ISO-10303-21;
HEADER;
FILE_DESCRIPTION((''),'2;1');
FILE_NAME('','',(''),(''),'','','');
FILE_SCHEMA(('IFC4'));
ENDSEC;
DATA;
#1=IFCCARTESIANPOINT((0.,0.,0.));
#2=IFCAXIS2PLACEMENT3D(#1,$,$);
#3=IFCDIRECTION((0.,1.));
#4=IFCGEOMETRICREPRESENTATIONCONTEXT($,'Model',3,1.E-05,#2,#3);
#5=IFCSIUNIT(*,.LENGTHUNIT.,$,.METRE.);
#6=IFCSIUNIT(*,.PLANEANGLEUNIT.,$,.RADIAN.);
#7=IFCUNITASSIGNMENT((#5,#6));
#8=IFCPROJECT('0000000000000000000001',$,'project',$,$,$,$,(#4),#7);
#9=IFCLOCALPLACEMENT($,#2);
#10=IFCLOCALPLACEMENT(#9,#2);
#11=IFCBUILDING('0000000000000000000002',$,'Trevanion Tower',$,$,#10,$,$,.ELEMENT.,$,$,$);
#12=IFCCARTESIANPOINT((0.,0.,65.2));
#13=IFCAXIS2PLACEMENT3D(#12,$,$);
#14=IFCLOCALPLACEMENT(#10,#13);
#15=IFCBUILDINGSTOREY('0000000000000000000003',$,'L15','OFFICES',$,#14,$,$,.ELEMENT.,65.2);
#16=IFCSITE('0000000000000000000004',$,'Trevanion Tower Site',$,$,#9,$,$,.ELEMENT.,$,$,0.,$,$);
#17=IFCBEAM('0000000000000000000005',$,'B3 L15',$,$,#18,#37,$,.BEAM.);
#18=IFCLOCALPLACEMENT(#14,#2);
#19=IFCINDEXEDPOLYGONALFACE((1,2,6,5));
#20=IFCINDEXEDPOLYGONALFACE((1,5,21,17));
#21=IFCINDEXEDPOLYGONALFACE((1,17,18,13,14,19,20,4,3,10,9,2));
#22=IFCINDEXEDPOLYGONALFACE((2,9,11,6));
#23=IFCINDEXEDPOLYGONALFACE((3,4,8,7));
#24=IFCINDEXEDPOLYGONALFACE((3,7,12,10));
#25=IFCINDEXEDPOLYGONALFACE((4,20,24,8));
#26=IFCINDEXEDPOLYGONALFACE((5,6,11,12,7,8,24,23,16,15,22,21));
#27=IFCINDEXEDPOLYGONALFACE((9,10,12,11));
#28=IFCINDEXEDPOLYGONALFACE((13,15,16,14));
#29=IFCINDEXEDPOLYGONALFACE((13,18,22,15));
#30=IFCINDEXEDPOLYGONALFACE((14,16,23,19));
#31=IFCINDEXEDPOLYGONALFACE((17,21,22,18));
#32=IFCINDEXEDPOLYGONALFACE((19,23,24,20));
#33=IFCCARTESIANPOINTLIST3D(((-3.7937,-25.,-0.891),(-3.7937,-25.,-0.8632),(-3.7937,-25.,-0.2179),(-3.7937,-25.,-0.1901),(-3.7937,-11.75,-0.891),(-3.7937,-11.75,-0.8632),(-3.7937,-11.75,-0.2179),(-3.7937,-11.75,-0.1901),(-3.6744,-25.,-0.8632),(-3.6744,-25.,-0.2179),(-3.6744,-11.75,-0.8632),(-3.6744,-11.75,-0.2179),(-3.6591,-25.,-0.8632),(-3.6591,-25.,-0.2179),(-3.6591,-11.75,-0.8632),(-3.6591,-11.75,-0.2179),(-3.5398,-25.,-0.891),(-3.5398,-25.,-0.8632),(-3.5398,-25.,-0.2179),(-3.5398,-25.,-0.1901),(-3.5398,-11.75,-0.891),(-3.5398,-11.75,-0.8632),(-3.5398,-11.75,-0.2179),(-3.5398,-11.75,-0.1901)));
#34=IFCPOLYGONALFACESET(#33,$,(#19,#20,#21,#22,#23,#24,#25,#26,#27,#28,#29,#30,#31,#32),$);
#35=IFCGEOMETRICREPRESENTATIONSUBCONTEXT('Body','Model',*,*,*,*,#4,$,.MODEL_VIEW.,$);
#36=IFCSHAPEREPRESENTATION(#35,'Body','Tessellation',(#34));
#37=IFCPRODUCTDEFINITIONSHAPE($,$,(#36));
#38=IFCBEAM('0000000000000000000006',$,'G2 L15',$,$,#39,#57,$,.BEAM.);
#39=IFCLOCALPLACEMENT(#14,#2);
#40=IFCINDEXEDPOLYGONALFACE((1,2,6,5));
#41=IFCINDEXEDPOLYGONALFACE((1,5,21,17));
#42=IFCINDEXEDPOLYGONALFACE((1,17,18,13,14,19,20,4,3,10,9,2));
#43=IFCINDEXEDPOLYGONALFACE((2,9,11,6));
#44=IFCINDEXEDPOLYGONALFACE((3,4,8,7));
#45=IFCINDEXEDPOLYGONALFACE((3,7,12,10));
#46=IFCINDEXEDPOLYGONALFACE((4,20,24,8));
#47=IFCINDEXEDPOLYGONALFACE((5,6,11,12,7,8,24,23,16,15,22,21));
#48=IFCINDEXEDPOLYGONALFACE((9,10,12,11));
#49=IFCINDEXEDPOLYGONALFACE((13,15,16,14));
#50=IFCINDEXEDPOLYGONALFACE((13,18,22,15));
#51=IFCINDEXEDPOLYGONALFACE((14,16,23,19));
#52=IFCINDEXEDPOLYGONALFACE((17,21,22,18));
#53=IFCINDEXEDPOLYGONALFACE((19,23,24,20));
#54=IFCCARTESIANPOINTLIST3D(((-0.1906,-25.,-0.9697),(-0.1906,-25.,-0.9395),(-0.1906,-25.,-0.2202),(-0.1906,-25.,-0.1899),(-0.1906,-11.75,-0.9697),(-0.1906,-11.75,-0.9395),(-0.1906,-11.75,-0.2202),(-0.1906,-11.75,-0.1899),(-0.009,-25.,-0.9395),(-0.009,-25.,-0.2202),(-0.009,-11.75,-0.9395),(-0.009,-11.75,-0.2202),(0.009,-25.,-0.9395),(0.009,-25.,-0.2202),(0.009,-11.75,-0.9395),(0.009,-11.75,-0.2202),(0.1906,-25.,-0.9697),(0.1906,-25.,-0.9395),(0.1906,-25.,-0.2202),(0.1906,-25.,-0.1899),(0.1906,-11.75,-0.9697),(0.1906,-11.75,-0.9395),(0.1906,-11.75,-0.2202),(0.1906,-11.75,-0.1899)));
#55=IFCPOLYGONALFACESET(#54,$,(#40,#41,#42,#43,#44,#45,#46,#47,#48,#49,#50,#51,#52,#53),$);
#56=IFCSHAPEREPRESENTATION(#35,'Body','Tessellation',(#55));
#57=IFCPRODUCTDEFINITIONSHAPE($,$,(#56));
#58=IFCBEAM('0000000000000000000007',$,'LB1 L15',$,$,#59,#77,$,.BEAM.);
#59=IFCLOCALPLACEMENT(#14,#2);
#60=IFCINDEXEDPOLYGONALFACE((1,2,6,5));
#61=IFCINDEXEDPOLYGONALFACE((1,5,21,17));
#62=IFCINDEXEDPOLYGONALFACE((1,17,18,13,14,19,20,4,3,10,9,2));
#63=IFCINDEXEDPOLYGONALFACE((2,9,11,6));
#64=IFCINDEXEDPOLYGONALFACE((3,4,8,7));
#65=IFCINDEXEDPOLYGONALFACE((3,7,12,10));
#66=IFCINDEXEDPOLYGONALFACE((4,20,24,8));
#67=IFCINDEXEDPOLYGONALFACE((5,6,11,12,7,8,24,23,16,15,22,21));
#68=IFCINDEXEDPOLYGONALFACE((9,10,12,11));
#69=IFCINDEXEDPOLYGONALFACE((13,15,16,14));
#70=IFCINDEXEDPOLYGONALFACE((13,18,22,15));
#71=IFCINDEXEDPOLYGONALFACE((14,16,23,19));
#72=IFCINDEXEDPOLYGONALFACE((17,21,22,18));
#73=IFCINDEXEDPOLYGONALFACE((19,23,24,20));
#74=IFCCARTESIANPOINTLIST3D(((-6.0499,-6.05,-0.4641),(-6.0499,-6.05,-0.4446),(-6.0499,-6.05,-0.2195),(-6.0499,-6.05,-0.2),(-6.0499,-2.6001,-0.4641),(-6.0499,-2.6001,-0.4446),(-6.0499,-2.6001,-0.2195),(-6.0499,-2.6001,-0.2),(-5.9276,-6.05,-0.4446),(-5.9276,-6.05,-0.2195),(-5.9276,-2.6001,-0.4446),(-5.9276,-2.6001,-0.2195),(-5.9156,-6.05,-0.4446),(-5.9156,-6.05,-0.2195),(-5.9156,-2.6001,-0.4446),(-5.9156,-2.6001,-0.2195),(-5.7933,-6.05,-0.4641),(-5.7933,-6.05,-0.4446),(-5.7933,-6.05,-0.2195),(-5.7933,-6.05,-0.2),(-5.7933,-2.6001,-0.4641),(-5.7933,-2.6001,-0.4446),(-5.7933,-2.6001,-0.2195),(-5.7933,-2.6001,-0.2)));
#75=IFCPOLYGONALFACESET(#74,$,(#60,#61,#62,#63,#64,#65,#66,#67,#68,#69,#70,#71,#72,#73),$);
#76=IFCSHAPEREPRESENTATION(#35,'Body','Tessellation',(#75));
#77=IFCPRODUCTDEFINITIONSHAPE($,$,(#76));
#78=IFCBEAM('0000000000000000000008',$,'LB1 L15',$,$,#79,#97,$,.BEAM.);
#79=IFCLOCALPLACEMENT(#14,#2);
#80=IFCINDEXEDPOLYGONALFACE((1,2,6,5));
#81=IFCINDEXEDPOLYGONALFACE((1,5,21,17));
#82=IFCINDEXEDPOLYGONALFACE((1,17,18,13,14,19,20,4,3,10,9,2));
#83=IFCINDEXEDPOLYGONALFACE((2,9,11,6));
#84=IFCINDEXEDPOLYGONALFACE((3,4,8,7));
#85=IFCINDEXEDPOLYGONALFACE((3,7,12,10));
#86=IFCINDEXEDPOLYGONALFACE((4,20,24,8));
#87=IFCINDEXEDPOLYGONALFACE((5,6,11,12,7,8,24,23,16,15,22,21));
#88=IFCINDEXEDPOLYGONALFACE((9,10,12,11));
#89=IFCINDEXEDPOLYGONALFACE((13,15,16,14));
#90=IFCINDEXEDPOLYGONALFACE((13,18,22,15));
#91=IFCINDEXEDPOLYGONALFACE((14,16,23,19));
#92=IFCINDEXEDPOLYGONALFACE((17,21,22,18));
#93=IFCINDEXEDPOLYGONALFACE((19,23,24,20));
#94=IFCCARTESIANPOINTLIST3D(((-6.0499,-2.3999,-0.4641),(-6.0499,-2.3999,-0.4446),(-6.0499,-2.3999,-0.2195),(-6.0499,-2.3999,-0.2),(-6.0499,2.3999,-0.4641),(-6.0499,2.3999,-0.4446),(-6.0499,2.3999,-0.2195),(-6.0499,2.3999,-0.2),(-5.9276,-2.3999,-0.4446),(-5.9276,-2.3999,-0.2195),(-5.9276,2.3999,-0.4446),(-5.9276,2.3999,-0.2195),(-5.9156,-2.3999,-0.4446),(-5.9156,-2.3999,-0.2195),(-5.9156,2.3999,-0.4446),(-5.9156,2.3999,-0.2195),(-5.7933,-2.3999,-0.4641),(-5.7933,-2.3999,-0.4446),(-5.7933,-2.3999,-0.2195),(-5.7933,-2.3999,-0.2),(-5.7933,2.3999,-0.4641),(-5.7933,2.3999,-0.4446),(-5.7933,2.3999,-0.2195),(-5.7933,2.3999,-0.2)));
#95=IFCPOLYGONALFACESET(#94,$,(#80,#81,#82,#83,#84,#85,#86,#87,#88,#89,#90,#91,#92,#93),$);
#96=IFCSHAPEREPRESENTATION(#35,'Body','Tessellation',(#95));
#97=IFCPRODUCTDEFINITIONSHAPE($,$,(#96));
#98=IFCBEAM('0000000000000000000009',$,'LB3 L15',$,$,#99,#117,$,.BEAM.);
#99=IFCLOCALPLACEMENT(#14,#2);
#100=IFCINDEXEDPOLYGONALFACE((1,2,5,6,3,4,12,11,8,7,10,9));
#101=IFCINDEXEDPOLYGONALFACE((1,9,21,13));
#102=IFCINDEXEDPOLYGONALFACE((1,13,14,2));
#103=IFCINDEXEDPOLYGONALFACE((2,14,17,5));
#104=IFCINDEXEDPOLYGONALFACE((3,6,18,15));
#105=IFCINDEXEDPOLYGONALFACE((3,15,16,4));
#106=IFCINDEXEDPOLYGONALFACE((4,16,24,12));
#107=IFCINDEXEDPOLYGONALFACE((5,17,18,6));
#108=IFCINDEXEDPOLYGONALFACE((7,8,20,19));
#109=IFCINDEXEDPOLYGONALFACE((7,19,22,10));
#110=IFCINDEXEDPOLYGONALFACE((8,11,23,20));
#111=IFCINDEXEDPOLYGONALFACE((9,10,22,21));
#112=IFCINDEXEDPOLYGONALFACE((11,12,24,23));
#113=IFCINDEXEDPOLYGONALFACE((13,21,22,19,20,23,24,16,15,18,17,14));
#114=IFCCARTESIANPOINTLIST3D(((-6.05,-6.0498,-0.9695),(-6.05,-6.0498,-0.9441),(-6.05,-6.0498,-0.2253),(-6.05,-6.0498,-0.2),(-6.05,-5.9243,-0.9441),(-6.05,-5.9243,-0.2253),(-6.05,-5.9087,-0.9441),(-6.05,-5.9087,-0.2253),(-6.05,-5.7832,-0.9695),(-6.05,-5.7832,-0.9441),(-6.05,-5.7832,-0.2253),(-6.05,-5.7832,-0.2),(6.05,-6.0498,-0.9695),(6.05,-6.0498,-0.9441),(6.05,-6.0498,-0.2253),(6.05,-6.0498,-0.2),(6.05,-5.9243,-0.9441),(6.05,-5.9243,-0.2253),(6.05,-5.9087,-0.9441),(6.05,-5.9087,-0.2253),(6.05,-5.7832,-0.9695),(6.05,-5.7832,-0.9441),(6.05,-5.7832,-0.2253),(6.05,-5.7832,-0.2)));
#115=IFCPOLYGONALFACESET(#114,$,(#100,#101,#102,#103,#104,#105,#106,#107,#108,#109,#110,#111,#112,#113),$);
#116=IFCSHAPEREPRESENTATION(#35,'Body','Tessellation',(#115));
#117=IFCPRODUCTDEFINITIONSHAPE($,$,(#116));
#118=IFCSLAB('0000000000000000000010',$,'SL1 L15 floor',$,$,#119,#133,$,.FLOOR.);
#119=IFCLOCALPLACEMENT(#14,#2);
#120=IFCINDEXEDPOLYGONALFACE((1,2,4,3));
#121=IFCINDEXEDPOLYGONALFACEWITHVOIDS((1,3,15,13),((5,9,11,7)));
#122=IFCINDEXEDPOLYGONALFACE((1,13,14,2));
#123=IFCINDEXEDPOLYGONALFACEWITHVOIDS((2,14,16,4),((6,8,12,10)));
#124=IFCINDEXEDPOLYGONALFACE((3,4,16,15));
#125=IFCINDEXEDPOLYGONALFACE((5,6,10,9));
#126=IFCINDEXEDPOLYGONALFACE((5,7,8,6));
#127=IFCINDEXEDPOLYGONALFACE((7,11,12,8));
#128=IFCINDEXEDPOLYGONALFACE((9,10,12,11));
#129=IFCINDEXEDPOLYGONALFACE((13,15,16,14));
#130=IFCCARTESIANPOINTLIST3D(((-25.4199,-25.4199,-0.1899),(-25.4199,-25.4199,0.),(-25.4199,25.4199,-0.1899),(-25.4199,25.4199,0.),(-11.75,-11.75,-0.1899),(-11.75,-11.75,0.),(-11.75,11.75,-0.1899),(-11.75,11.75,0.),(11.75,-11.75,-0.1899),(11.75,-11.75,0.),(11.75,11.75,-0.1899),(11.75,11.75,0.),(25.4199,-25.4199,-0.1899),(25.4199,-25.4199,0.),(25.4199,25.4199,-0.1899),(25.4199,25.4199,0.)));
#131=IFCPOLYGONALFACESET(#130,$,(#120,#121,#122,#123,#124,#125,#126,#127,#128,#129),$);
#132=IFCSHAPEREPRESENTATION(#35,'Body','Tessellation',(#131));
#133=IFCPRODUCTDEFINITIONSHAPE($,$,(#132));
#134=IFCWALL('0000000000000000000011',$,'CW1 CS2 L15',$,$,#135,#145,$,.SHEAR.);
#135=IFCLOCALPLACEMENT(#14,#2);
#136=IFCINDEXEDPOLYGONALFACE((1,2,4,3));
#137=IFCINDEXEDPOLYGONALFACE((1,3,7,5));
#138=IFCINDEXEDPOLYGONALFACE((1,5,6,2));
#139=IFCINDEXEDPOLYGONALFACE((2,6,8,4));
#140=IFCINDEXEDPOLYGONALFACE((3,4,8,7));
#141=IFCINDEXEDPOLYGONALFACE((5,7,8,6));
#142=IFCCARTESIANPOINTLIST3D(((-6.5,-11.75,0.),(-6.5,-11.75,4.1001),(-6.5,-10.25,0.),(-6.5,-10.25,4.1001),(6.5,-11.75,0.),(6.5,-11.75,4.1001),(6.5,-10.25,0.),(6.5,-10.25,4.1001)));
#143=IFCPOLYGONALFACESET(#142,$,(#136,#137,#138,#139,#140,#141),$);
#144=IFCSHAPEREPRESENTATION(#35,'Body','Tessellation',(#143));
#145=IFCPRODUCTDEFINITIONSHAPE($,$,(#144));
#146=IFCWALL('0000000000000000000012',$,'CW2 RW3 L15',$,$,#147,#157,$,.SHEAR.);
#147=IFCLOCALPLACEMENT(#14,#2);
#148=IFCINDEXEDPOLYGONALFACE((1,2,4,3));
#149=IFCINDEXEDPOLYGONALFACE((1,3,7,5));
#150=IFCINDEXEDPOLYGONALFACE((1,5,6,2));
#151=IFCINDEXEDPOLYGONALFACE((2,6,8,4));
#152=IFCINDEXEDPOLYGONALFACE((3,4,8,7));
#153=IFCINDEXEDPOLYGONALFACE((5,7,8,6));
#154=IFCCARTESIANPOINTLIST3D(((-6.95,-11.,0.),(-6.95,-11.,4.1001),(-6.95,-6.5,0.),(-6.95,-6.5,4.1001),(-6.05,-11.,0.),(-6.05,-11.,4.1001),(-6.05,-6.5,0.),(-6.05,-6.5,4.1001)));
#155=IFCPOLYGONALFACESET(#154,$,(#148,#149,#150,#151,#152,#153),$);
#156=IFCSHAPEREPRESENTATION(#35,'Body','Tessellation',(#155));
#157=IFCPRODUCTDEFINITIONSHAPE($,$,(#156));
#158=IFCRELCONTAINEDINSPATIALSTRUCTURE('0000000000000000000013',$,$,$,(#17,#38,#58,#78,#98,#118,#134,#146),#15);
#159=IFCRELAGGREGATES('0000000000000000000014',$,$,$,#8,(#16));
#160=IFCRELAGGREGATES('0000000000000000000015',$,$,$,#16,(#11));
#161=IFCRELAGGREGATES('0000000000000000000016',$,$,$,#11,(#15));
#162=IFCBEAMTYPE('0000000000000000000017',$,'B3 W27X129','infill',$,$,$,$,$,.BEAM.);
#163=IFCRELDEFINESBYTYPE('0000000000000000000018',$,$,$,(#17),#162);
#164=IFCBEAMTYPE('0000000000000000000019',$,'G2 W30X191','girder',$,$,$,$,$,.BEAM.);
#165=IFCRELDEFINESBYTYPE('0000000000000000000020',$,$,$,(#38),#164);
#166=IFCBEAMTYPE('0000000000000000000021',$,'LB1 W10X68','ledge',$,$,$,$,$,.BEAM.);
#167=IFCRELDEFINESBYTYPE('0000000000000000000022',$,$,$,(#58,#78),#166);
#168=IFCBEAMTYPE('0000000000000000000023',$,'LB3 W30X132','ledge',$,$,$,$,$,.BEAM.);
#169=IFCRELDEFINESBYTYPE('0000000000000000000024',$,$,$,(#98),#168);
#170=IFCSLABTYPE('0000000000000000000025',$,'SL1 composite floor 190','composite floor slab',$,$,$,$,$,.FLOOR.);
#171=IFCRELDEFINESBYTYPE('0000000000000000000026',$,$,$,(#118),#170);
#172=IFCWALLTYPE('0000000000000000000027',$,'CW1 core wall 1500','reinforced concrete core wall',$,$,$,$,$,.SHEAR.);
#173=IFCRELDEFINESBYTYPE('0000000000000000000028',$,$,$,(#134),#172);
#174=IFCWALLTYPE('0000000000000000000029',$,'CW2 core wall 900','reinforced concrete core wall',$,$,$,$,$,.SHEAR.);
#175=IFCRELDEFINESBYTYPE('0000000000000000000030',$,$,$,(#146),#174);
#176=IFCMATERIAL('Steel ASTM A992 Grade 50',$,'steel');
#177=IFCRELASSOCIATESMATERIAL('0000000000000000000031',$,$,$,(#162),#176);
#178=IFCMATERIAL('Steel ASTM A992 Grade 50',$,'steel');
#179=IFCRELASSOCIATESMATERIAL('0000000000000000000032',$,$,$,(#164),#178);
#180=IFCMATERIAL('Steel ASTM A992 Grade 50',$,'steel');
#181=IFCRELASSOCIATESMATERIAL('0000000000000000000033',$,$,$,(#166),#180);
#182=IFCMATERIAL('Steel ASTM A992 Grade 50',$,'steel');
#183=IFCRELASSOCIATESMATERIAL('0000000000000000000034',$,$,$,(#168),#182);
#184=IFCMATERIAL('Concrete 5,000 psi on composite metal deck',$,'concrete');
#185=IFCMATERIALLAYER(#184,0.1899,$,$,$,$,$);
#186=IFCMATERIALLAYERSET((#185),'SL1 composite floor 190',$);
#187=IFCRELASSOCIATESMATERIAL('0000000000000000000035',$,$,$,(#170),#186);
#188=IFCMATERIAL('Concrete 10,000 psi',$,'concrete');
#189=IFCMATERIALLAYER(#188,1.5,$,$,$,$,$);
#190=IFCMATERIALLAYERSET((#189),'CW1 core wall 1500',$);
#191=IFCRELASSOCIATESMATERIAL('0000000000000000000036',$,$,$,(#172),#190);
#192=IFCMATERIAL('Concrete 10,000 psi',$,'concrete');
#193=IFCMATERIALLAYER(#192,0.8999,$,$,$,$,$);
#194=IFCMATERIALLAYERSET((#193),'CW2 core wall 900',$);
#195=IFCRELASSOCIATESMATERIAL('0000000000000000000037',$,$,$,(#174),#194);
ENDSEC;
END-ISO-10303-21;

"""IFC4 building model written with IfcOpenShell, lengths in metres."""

from ifc_helpers import new_model, si_unit, direction, frame, frame_2d, origin, origin_2d, place, context, subcontext, project, spatial, polyline, rectangle, i_section, outline, extrude, material, layer, layer_set, material_profile, profile_set, type_object, element, save


model = new_model("IFC4")

# Units and contexts
model_context = context("Model", 3, precision=1e-05, world=origin(), true_north=direction((0.0, 1.0)))
body_context = subcontext(model_context, "Body", "Model", "MODEL_VIEW")
ifc_project = project(units=[si_unit("LENGTHUNIT", "METRE"), si_unit("PLANEANGLEUNIT", "RADIAN")], contexts=[model_context])

# Site, building, storey
site_placement = place(None, origin())
site = spatial("IfcSite", under=ifc_project, at=site_placement, Name="Trevanion Tower Site", CompositionType="ELEMENT", RefElevation=0.0)
building_placement = place(site_placement, origin())
building = spatial("IfcBuilding", under=site, at=building_placement, Name="Trevanion Tower", CompositionType="ELEMENT")
storey_placement = place(building_placement, frame((0.0, 0.0, 65.2)))
storey = spatial("IfcBuildingStorey", under=building, at=storey_placement, Name="L15", Description="OFFICES", CompositionType="ELEMENT", Elevation=65.2)

# Beams
ifc_material_1 = material(Name="Steel ASTM A992 Grade 50", Category="steel")
ifc_material_profile_1 = material_profile(ifc_material_1, i_section(OverallWidth=0.2539, OverallDepth=0.7009, WebThickness=0.0154, FlangeThickness=0.0278, at=origin_2d()), Name="W27X129")
ifc_profile_set_1 = profile_set([ifc_material_profile_1], Name="Steel ASTM A992 Grade 50")
beam_type_1 = type_object("IfcBeamType", Name="B3 W27X129", Description="infill", PredefinedType="BEAM", material=ifc_profile_set_1)
beam_1_placement = place(storey_placement, frame((-3.6667, -11.75, -0.5405), z_axis=(0.0, -1.0, 0.0), x_axis=(1.0, 0.0, 0.0)))
element("IfcBeam", 1, at=beam_1_placement, inside=storey, type_object=beam_type_1, Name="B3 L15", PredefinedType="BEAM", context=body_context, shape_type="SweptSolid", body=[
    extrude(i_section(OverallWidth=0.2539, OverallDepth=0.7009, WebThickness=0.0154, FlangeThickness=0.0278, at=origin_2d()), origin(), (0.0, 0.0, 1.0), 13.25),
])
ifc_material_2 = material(Name="Steel ASTM A992 Grade 50", Category="steel")
ifc_material_profile_2 = material_profile(ifc_material_2, i_section(OverallWidth=0.3811, OverallDepth=0.7798, WebThickness=0.0181, FlangeThickness=0.0303, at=origin_2d()), Name="W30X191")
ifc_profile_set_2 = profile_set([ifc_material_profile_2], Name="Steel ASTM A992 Grade 50")
beam_type_2 = type_object("IfcBeamType", Name="G2 W30X191", Description="girder", PredefinedType="BEAM", material=ifc_profile_set_2)
beam_2_placement = place(storey_placement, frame((0.0, -11.75, -0.5798), z_axis=(0.0, -1.0, 0.0), x_axis=(1.0, 0.0, 0.0)))
element("IfcBeam", 2, at=beam_2_placement, inside=storey, type_object=beam_type_2, Name="G2 L15", PredefinedType="BEAM", context=body_context, shape_type="SweptSolid", body=[
    extrude(i_section(OverallWidth=0.3811, OverallDepth=0.7798, WebThickness=0.0181, FlangeThickness=0.0303, at=origin_2d()), origin(), (0.0, 0.0, 1.0), 13.25),
])
ifc_material_3 = material(Name="Steel ASTM A992 Grade 50", Category="steel")
ifc_material_profile_3 = material_profile(ifc_material_3, i_section(OverallWidth=0.2566, OverallDepth=0.2642, WebThickness=0.012, FlangeThickness=0.0195, at=origin_2d()), Name="W10X68")
ifc_profile_set_3 = profile_set([ifc_material_profile_3], Name="Steel ASTM A992 Grade 50")
beam_type_3 = type_object("IfcBeamType", Name="LB1 W10X68", Description="ledge", PredefinedType="BEAM", material=ifc_profile_set_3)
beam_3_placement = place(storey_placement, frame((-5.9216, -6.05, -0.332), z_axis=(0.0, 1.0, 0.0), x_axis=(-1.0, 0.0, 0.0)))
element("IfcBeam", 3, at=beam_3_placement, inside=storey, type_object=beam_type_3, Name="LB1 L15", PredefinedType="BEAM", context=body_context, shape_type="SweptSolid", body=[
    extrude(i_section(OverallWidth=0.2566, OverallDepth=0.2642, WebThickness=0.012, FlangeThickness=0.0195, at=origin_2d()), origin(), (0.0, 0.0, 1.0), 3.45),
])
beam_4_placement = place(storey_placement, frame((-5.9216, -2.3999, -0.332), z_axis=(0.0, 1.0, 0.0), x_axis=(-1.0, 0.0, 0.0)))
element("IfcBeam", 4, at=beam_4_placement, inside=storey, type_object=beam_type_3, Name="LB1 L15", PredefinedType="BEAM", context=body_context, shape_type="SweptSolid", body=[
    extrude(i_section(OverallWidth=0.2566, OverallDepth=0.2642, WebThickness=0.012, FlangeThickness=0.0195, at=origin_2d()), origin(), (0.0, 0.0, 1.0), 4.7998),
])
ifc_material_4 = material(Name="Steel ASTM A992 Grade 50", Category="steel")
ifc_material_profile_4 = material_profile(ifc_material_4, i_section(OverallWidth=0.2666, OverallDepth=0.7695, WebThickness=0.0156, FlangeThickness=0.0254, at=origin_2d()), Name="W30X132")
ifc_profile_set_4 = profile_set([ifc_material_profile_4], Name="Steel ASTM A992 Grade 50")
beam_type_4 = type_object("IfcBeamType", Name="LB3 W30X132", Description="ledge", PredefinedType="BEAM", material=ifc_profile_set_4)
beam_5_placement = place(storey_placement, frame((-6.05, -5.9165, -0.5847), z_axis=(1.0, 0.0, 0.0), x_axis=(0.0, 1.0, 0.0)))
element("IfcBeam", 5, at=beam_5_placement, inside=storey, type_object=beam_type_4, Name="LB3 L15", PredefinedType="BEAM", context=body_context, shape_type="SweptSolid", body=[
    extrude(i_section(OverallWidth=0.2666, OverallDepth=0.7695, WebThickness=0.0156, FlangeThickness=0.0254, at=origin_2d()), origin(), (0.0, 0.0, 1.0), 12.1001),
])

# Slab
ifc_material_5 = material(Name="Concrete 5,000 psi on composite metal deck", Category="concrete")
ifc_layer_1 = layer(ifc_material_5, 0.1899)
ifc_layer_set_1 = layer_set([ifc_layer_1], Name="SL1 composite floor 190")
slab_type = type_object("IfcSlabType", Name="SL1 composite floor 190", Description="composite floor slab", PredefinedType="FLOOR", material=ifc_layer_set_1)
slab_placement = place(storey_placement, frame((0.0, 0.0, -0.1899)))
element("IfcSlab", 6, at=slab_placement, inside=storey, type_object=slab_type, Name="SL1 L15 floor", PredefinedType="FLOOR", context=body_context, shape_type="SweptSolid", body=[
    extrude(outline(polyline([(25.4199, -25.4199), (25.4199, 25.4199), (-25.4199, 25.4199), (-25.4199, -25.4199), (25.4199, -25.4199)]), holes=[polyline([(11.75, -11.75), (11.75, 11.75), (-11.75, 11.75), (-11.75, -11.75), (11.75, -11.75)])]), origin(), (0.0, 0.0, 1.0), 0.1899),
])

# Walls
ifc_material_6 = material(Name="Concrete 10,000 psi", Category="concrete")
ifc_layer_2 = layer(ifc_material_6, 1.5)
ifc_layer_set_2 = layer_set([ifc_layer_2], Name="CW1 core wall 1500")
wall_type_1 = type_object("IfcWallType", Name="CW1 core wall 1500", Description="reinforced concrete core wall", PredefinedType="SHEAR", material=ifc_layer_set_2)
wall_1_placement = place(storey_placement, frame((-6.5, -11.0, 0.0), z_axis=(0.0, 0.0, 1.0), x_axis=(1.0, 0.0, 0.0)))
element("IfcWall", 7, at=wall_1_placement, inside=storey, type_object=wall_type_1, Name="CW1 CS2 L15", PredefinedType="SHEAR", context=body_context, shape_type="SweptSolid", body=[
    extrude(rectangle(XDim=13.0, YDim=1.5, at=frame_2d((6.5, 0.0))), origin(), (0.0, 0.0, 1.0), 4.1001),
])
ifc_material_7 = material(Name="Concrete 10,000 psi", Category="concrete")
ifc_layer_3 = layer(ifc_material_7, 0.8999)
ifc_layer_set_3 = layer_set([ifc_layer_3], Name="CW2 core wall 900")
wall_type_2 = type_object("IfcWallType", Name="CW2 core wall 900", Description="reinforced concrete core wall", PredefinedType="SHEAR", material=ifc_layer_set_3)
wall_2_placement = place(storey_placement, frame((-6.5, -6.5, 0.0), z_axis=(0.0, 0.0, 1.0), x_axis=(0.0, -1.0, 0.0)))
element("IfcWall", 8, at=wall_2_placement, inside=storey, type_object=wall_type_2, Name="CW2 RW3 L15", PredefinedType="SHEAR", context=body_context, shape_type="SweptSolid", body=[
    extrude(rectangle(XDim=4.5, YDim=0.8999, at=frame_2d((2.25, 0.0))), origin(), (0.0, 0.0, 1.0), 4.1001),
])

save(model, "model.ifc")
